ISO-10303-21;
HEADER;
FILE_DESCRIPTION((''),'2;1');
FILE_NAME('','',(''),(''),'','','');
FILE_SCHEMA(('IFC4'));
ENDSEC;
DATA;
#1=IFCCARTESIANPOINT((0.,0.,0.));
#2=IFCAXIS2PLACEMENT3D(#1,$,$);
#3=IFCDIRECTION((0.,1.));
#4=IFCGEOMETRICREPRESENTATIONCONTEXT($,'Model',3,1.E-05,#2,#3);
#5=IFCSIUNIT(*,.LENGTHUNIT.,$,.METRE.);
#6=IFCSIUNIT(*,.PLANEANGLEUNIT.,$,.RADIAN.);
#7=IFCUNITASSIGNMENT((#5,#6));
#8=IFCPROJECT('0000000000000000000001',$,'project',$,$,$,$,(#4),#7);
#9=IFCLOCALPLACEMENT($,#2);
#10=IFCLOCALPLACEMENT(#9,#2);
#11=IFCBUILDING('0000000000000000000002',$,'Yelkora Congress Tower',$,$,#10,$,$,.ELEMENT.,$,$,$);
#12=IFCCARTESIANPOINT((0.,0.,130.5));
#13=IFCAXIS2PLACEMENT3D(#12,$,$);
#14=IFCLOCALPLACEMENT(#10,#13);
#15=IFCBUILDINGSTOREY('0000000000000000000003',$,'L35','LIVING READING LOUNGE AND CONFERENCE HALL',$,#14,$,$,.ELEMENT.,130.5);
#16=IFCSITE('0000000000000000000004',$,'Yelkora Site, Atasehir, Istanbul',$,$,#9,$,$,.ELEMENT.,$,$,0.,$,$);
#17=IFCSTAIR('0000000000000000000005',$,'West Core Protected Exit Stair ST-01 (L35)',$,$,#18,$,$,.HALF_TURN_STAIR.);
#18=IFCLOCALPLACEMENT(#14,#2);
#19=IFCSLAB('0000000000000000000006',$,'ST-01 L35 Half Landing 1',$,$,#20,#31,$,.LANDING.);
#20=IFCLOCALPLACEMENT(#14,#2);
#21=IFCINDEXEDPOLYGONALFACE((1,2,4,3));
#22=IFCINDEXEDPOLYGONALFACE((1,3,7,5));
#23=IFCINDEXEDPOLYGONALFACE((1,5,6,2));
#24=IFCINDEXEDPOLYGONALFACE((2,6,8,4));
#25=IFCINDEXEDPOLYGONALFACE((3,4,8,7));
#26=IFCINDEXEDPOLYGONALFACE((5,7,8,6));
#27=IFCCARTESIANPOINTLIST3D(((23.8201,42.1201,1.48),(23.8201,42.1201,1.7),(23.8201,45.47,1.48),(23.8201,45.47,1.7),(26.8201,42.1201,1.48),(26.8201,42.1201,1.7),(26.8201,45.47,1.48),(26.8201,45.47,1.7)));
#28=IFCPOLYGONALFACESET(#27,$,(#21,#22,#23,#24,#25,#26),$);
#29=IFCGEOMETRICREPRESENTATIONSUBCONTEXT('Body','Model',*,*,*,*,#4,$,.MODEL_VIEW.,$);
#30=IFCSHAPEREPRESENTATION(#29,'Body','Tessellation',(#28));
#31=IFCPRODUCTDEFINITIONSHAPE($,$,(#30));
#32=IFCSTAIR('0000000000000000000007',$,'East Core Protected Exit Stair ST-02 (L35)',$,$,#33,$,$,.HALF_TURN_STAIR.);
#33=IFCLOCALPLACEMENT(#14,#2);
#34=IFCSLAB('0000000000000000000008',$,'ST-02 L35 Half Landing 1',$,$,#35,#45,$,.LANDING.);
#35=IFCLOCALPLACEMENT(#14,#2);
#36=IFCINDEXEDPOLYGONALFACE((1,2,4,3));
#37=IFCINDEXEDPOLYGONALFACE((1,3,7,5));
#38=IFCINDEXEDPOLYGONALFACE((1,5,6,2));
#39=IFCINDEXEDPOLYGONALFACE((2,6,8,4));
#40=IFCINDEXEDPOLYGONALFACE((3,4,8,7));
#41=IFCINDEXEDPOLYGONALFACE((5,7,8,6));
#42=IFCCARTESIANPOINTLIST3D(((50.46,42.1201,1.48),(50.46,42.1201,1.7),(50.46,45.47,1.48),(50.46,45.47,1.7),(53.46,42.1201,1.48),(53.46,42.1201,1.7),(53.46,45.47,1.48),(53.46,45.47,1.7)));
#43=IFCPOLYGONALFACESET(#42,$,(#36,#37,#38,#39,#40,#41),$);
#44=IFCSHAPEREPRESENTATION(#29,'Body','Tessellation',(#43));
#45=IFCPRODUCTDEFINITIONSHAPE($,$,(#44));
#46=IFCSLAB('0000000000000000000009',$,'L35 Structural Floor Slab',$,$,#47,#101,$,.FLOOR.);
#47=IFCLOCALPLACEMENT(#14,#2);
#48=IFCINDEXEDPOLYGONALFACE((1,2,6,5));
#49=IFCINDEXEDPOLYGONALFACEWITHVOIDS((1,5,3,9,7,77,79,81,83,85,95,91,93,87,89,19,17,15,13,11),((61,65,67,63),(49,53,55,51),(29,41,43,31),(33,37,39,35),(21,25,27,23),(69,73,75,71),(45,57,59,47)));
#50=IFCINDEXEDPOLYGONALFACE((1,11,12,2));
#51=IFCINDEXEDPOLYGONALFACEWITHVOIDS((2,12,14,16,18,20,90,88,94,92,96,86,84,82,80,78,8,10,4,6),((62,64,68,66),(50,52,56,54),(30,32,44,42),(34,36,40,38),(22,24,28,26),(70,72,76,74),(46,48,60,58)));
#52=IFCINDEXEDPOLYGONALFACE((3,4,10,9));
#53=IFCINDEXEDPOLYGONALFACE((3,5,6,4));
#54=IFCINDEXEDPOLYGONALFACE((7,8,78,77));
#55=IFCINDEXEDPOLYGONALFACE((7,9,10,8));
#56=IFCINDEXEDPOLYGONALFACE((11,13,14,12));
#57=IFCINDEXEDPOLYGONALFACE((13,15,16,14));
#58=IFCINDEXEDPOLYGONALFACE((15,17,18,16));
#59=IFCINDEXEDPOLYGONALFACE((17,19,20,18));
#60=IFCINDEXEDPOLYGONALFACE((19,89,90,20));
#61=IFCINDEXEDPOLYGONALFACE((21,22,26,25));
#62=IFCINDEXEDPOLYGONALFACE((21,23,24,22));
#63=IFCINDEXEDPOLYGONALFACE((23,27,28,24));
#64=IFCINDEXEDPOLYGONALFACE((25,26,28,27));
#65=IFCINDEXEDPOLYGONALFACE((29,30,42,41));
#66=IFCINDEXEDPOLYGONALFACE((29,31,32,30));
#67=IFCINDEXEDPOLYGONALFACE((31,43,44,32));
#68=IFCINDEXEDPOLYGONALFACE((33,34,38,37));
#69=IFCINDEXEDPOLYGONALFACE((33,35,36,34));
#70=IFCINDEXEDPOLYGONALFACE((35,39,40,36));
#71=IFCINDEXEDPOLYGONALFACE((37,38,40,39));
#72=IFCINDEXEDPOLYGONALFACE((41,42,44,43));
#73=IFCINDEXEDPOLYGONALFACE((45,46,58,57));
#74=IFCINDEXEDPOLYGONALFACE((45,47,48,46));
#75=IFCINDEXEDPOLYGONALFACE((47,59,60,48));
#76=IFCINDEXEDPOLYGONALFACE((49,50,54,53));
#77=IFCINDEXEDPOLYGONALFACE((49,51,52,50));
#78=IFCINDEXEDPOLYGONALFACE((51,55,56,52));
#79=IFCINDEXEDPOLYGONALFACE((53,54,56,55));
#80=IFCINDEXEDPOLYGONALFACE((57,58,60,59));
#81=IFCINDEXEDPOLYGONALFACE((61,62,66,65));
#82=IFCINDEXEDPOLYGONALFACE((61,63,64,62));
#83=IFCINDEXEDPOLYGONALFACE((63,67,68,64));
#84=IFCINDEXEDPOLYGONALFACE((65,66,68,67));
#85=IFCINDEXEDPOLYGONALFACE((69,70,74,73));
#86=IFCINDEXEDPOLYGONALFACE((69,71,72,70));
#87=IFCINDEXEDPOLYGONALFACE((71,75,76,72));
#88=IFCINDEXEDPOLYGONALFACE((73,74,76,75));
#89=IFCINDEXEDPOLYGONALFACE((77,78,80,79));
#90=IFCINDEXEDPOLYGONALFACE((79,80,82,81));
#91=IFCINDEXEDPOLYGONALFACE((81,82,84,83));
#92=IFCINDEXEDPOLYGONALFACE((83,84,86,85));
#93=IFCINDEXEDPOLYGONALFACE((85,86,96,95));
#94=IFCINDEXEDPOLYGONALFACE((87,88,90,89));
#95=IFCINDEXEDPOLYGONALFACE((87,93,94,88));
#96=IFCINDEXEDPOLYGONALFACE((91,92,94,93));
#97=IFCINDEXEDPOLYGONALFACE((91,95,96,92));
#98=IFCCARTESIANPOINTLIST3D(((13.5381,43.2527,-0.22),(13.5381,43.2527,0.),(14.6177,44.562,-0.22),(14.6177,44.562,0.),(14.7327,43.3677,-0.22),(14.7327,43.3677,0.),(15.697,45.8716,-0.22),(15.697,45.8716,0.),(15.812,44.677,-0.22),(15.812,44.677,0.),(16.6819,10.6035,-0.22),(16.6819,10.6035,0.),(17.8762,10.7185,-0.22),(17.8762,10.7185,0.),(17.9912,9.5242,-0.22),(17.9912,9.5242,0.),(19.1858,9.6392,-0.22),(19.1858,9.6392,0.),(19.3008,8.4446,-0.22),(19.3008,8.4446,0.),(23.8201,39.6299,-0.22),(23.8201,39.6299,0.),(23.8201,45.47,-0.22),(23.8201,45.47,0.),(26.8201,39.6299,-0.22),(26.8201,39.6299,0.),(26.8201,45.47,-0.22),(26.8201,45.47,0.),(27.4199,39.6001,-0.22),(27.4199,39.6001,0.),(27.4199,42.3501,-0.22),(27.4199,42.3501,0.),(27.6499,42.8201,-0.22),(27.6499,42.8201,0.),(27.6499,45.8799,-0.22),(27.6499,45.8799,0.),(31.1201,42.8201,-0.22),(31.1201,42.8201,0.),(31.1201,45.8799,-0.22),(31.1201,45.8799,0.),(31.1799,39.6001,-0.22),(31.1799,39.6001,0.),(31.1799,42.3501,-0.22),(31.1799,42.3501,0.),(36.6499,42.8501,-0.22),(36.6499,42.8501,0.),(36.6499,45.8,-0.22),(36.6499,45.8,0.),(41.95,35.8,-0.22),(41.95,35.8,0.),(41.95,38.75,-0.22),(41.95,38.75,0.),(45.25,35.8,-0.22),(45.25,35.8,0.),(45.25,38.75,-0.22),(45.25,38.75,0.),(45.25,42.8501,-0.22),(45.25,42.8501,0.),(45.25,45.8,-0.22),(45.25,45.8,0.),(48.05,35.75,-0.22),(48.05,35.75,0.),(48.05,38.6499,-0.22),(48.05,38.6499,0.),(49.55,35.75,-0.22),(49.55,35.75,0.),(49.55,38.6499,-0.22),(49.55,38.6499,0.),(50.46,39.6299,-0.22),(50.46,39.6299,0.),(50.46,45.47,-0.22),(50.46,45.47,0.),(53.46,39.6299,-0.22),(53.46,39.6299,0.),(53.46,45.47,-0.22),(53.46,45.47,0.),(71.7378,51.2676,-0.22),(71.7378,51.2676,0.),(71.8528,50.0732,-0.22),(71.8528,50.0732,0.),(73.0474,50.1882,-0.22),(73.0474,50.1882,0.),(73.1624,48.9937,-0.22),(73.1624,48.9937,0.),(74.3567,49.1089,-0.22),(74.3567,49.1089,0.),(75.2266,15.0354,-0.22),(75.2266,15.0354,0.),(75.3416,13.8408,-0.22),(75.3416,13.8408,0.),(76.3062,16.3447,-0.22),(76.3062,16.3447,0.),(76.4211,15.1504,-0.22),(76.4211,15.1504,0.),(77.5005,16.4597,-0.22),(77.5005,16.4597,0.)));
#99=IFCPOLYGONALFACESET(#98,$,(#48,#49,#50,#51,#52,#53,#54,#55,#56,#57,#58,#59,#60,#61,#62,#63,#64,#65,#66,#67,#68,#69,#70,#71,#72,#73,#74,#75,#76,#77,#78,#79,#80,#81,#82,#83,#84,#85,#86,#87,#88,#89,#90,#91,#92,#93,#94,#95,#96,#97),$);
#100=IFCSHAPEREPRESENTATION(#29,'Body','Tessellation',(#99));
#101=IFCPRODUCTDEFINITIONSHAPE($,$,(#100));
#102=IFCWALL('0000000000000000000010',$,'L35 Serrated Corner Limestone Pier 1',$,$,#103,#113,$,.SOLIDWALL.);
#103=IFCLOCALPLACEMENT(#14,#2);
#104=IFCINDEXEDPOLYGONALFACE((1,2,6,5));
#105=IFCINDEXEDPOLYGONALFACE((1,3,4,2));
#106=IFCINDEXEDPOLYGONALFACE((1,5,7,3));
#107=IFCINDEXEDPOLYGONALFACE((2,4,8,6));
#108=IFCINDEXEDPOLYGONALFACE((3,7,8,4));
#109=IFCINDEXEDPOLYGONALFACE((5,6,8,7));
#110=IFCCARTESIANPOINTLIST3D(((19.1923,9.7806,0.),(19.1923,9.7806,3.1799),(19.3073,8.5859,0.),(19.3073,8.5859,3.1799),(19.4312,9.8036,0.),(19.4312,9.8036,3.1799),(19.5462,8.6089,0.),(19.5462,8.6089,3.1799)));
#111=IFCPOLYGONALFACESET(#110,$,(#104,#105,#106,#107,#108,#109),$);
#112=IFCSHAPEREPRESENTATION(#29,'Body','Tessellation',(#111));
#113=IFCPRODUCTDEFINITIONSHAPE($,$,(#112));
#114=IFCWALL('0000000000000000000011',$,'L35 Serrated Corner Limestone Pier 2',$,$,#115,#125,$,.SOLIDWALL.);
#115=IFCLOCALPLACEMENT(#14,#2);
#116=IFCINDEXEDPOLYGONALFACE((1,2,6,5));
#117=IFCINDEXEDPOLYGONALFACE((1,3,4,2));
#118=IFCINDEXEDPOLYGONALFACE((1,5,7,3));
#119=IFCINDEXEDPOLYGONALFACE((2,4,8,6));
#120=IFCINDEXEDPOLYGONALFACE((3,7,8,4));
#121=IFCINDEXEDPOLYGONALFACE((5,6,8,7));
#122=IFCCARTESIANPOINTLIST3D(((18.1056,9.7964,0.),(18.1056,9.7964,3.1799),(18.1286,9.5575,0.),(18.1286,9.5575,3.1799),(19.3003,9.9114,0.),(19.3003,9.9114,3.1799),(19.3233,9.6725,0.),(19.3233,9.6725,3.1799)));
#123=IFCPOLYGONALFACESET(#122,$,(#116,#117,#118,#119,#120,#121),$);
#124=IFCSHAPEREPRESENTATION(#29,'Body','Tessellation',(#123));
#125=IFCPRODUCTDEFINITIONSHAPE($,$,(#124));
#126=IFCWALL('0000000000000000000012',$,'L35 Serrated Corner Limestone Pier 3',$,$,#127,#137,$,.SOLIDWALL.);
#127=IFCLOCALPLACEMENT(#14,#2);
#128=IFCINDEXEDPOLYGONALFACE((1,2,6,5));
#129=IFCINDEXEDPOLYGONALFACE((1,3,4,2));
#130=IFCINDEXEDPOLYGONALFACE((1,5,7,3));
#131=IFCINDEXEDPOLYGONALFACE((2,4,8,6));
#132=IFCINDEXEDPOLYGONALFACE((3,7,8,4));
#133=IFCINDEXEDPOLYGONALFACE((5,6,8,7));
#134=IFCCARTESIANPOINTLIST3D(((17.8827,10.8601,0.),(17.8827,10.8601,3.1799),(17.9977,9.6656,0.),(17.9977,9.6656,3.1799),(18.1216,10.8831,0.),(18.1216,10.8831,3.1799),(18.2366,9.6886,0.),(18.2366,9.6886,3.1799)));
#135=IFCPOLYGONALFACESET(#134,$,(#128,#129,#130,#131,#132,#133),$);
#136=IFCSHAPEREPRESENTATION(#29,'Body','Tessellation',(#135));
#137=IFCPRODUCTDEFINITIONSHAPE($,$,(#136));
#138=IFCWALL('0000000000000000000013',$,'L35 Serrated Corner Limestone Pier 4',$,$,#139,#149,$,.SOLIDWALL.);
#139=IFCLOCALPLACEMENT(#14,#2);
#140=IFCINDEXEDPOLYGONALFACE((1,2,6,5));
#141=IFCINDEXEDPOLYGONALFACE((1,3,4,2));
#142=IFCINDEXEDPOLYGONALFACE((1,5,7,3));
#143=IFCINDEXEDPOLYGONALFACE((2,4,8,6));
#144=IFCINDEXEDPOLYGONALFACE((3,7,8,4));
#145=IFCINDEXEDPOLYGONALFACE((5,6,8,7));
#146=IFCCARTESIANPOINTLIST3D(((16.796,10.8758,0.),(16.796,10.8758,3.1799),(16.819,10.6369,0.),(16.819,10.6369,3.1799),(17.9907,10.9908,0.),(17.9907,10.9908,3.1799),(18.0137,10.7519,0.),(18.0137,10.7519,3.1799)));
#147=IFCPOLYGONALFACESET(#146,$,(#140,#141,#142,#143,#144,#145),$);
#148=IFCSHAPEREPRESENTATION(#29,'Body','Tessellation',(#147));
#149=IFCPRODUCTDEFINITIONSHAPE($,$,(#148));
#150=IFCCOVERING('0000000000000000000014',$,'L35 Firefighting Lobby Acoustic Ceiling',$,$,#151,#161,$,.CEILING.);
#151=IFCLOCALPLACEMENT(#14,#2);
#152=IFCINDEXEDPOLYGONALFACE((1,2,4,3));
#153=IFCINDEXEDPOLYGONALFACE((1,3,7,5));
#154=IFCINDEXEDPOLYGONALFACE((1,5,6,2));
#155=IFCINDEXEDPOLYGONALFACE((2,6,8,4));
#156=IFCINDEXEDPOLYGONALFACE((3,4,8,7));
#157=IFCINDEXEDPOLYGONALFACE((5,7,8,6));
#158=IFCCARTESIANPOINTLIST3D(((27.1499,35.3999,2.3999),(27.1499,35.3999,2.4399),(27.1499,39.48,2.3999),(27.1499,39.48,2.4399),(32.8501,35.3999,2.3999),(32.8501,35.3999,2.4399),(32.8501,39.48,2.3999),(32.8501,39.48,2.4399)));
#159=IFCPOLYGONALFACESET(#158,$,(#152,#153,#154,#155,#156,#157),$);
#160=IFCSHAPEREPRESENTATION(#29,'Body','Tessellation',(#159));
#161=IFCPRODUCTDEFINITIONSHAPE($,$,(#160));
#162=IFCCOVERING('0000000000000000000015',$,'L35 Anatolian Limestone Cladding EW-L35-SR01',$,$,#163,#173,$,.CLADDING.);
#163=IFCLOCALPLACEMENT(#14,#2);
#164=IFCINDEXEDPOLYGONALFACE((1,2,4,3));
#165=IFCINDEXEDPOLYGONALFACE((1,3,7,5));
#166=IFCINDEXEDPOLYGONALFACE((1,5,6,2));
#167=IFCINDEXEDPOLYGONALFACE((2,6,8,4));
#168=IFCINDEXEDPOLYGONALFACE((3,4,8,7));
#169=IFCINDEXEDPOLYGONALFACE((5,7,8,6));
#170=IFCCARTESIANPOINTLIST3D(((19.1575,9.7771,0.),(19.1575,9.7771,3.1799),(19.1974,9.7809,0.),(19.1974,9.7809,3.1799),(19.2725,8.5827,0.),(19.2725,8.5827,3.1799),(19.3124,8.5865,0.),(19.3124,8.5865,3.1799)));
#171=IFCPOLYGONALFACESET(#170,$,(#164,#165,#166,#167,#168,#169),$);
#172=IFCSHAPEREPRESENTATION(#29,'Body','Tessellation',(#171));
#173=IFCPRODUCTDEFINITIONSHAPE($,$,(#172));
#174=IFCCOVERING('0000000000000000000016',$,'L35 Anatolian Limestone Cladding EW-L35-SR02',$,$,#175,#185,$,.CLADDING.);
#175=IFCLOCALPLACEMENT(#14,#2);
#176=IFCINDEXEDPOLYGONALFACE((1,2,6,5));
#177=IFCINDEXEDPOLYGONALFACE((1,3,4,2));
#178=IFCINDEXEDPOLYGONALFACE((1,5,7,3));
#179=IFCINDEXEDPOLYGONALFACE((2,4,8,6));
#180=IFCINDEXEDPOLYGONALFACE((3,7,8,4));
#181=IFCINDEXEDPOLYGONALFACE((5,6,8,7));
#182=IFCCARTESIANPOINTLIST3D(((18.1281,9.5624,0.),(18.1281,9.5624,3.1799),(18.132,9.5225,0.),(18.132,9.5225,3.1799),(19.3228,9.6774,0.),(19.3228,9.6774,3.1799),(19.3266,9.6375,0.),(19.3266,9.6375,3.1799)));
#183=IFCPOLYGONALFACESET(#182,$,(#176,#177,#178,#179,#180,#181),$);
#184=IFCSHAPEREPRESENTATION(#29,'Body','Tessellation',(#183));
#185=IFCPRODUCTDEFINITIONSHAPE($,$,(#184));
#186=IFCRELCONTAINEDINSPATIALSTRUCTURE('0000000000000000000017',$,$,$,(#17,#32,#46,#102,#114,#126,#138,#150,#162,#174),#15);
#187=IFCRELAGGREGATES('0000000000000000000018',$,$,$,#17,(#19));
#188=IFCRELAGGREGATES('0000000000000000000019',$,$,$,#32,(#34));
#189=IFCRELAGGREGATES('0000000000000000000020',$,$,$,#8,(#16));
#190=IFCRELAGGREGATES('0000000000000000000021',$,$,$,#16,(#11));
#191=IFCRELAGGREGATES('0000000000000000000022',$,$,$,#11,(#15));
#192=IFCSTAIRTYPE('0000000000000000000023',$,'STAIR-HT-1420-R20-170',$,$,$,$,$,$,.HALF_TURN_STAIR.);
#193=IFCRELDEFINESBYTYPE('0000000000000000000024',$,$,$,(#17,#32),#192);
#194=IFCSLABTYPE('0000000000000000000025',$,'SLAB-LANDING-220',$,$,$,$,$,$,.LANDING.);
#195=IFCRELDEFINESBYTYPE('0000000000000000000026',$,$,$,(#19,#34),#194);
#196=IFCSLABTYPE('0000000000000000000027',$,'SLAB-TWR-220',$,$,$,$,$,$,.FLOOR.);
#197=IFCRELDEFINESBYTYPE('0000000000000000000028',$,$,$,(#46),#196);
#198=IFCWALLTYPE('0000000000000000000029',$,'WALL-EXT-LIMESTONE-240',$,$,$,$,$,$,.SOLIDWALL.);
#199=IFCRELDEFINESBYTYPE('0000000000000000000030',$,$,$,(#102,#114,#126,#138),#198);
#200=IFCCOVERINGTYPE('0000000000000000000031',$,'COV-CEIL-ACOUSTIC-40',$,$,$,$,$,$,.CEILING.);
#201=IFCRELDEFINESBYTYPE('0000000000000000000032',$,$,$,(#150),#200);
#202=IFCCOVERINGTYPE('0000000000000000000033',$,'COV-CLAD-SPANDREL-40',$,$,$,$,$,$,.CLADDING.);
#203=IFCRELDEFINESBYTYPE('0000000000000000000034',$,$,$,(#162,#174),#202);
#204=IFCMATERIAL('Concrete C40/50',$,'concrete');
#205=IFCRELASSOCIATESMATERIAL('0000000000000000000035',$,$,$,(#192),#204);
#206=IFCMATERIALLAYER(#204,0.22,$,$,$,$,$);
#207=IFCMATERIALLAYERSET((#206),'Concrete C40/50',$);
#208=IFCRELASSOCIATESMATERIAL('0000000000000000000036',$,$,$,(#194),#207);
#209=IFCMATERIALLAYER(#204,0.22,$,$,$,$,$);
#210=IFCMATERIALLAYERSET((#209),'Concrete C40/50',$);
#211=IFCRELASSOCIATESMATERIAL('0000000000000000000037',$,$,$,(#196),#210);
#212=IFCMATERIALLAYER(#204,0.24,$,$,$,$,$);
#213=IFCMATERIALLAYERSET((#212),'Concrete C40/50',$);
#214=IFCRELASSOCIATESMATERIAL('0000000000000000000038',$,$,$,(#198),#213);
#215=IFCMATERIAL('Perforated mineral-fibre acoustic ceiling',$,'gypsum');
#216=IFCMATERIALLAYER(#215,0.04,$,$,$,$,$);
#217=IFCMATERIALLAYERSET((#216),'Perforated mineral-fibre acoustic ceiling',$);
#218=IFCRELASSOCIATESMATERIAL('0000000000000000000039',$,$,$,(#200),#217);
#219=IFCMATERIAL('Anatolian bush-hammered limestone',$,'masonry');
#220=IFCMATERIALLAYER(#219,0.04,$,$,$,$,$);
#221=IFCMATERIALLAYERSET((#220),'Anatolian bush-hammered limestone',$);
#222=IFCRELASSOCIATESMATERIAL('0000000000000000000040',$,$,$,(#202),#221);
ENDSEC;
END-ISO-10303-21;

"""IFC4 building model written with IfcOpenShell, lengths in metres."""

from ifc_helpers import new_model, si_unit, direction, frame, frame_2d, origin, place, context, subcontext, project, spatial, polyline, rectangle, outline, extrude, material, layer, layer_set, type_object, element, aggregate, save


model = new_model("IFC4")

# Units and contexts
model_context = context("Model", 3, precision=1e-05, world=origin(), true_north=direction((0.0, 1.0)))
body_context = subcontext(model_context, "Body", "Model", "MODEL_VIEW")
ifc_project = project(units=[si_unit("LENGTHUNIT", "METRE"), si_unit("PLANEANGLEUNIT", "RADIAN")], contexts=[model_context])

# Site, building, storey
site_placement = place(None, origin())
site = spatial("IfcSite", under=ifc_project, at=site_placement, Name="Yelkora Site, Atasehir, Istanbul", CompositionType="ELEMENT", RefElevation=0.0)
building_placement = place(site_placement, origin())
building = spatial("IfcBuilding", under=site, at=building_placement, Name="Yelkora Congress Tower", CompositionType="ELEMENT")
storey_placement = place(building_placement, frame((0.0, 0.0, 130.5)))
storey = spatial("IfcBuildingStorey", under=building, at=storey_placement, Name="L35", Description="LIVING READING LOUNGE AND CONFERENCE HALL", CompositionType="ELEMENT", Elevation=130.5)

# Stairs, slabs
ifc_material_1 = material(Name="Concrete C40/50", Category="concrete")
stair_type = type_object("IfcStairType", Name="STAIR-HT-1420-R20-170", PredefinedType="HALF_TURN_STAIR", material=ifc_material_1)
stair_1_placement = place(storey_placement, origin())
stair_1 = element("IfcStair", 1, at=stair_1_placement, inside=storey, type_object=stair_type, Name="West Core Protected Exit Stair ST-01 (L35)", PredefinedType="HALF_TURN_STAIR")
ifc_layer_1 = layer(ifc_material_1, 0.22)
ifc_layer_set_1 = layer_set([ifc_layer_1], Name="Concrete C40/50")
slab_type_1 = type_object("IfcSlabType", Name="SLAB-LANDING-220", PredefinedType="LANDING", material=ifc_layer_set_1)
slab_1_placement = place(storey_placement, frame((0.0, 0.0, 1.48)))
slab_1 = element("IfcSlab", 2, at=slab_1_placement, type_object=slab_type_1, Name="ST-01 L35 Half Landing 1", PredefinedType="LANDING", context=body_context, shape_type="SweptSolid", body=[
    extrude(outline(polyline([(26.8201, 42.1201), (26.8201, 45.47), (23.8201, 45.47), (23.8201, 42.1201), (26.8201, 42.1201)])), origin(), (0.0, 0.0, 1.0), 0.22),
])
aggregate(stair_1, [slab_1])
stair_2_placement = place(storey_placement, origin())
stair_2 = element("IfcStair", 3, at=stair_2_placement, inside=storey, type_object=stair_type, Name="East Core Protected Exit Stair ST-02 (L35)", PredefinedType="HALF_TURN_STAIR")
slab_2_placement = place(storey_placement, frame((0.0, 0.0, 1.48)))
slab_2 = element("IfcSlab", 4, at=slab_2_placement, type_object=slab_type_1, Name="ST-02 L35 Half Landing 1", PredefinedType="LANDING", context=body_context, shape_type="SweptSolid", body=[
    extrude(outline(polyline([(53.46, 42.1201), (53.46, 45.47), (50.46, 45.47), (50.46, 42.1201), (53.46, 42.1201)])), origin(), (0.0, 0.0, 1.0), 0.22),
])
aggregate(stair_2, [slab_2])

# Slab
ifc_layer_2 = layer(ifc_material_1, 0.22)
ifc_layer_set_2 = layer_set([ifc_layer_2], Name="Concrete C40/50")
slab_type_2 = type_object("IfcSlabType", Name="SLAB-TWR-220", PredefinedType="FLOOR", material=ifc_layer_set_2)
slab_3_placement = place(storey_placement, frame((0.0, 0.0, -0.22)))
element("IfcSlab", 5, at=slab_3_placement, inside=storey, type_object=slab_type_2, Name="L35 Structural Floor Slab", PredefinedType="FLOOR", context=body_context, shape_type="SweptSolid", body=[
    extrude(outline(polyline([(19.3008, 8.4446), (75.3416, 13.8408), (75.2266, 15.0354), (76.4211, 15.1504), (76.3062, 16.3447), (77.5005, 16.4597), (74.3567, 49.1089), (73.1624, 48.9937), (73.0474, 50.1882), (71.8528, 50.0732), (71.7378, 51.2676), (15.697, 45.8716), (15.812, 44.677), (14.6177, 44.562), (14.7327, 43.3677), (13.5381, 43.2527), (16.6819, 10.6035), (17.8762, 10.7185), (17.9912, 9.5242), (19.1858, 9.6392), (19.3008, 8.4446)]), holes=[polyline([(23.8201, 39.6299), (26.8201, 39.6299), (26.8201, 45.47), (23.8201, 45.47), (23.8201, 39.6299)]), polyline([(50.46, 39.6299), (53.46, 39.6299), (53.46, 45.47), (50.46, 45.47), (50.46, 39.6299)]), polyline([(48.05, 35.75), (49.55, 35.75), (49.55, 38.6499), (48.05, 38.6499), (48.05, 35.75)]), polyline([(36.6499, 42.8501), (45.25, 42.8501), (45.25, 45.8), (36.6499, 45.8), (36.6499, 42.8501)]), polyline([(41.95, 35.8), (45.25, 35.8), (45.25, 38.75), (41.95, 38.75), (41.95, 35.8)]), polyline([(27.4199, 39.6001), (31.1799, 39.6001), (31.1799, 42.3501), (27.4199, 42.3501), (27.4199, 39.6001)]), polyline([(27.6499, 42.8201), (31.1201, 42.8201), (31.1201, 45.8799), (27.6499, 45.8799), (27.6499, 42.8201)])]), origin(), (0.0, 0.0, 1.0), 0.22),
])

# Walls
ifc_layer_3 = layer(ifc_material_1, 0.24)
ifc_layer_set_3 = layer_set([ifc_layer_3], Name="Concrete C40/50")
wall_type = type_object("IfcWallType", Name="WALL-EXT-LIMESTONE-240", PredefinedType="SOLIDWALL", material=ifc_layer_set_3)
for number, where, z_axis, x_axis, name in (
    (6, (19.4268, 8.5974, 0.0), (0.0, 0.0, 1.0), (-0.095817, 0.995399, 0.0), "L35 Serrated Corner Limestone Pier 1"),
    (7, (19.3118, 9.792, 0.0), (0.0, 0.0, 1.0), (-0.995399, -0.095817, 0.0), "L35 Serrated Corner Limestone Pier 2"),
):
    element("IfcWall", number, at=place(storey_placement, frame(where, z_axis=z_axis, x_axis=x_axis)), inside=storey, type_object=wall_type, Name=name, PredefinedType="SOLIDWALL", context=body_context, shape_type="SweptSolid", body=[
        extrude(rectangle(XDim=1.2002, YDim=0.24, at=frame_2d((0.6001, 0.0))), origin(), (0.0, 0.0, 1.0), 3.1799),
    ])
wall_1_placement = place(storey_placement, frame((18.1172, 9.677, 0.0), z_axis=(0.0, 0.0, 1.0), x_axis=(-0.095836, 0.995397, 0.0)))
element("IfcWall", 8, at=wall_1_placement, inside=storey, type_object=wall_type, Name="L35 Serrated Corner Limestone Pier 3", PredefinedType="SOLIDWALL", context=body_context, shape_type="SweptSolid", body=[
    extrude(rectangle(XDim=1.2, YDim=0.24, at=frame_2d((0.6001, 0.0))), origin(), (0.0, 0.0, 1.0), 3.1799),
])
wall_2_placement = place(storey_placement, frame((18.0022, 10.8713, 0.0), z_axis=(0.0, 0.0, 1.0), x_axis=(-0.995399, -0.095817, 0.0)))
element("IfcWall", 9, at=wall_2_placement, inside=storey, type_object=wall_type, Name="L35 Serrated Corner Limestone Pier 4", PredefinedType="SOLIDWALL", context=body_context, shape_type="SweptSolid", body=[
    extrude(rectangle(XDim=1.2002, YDim=0.24, at=frame_2d((0.6001, 0.0))), origin(), (0.0, 0.0, 1.0), 3.1799),
])

# Coverings
ifc_material_2 = material(Name="Perforated mineral-fibre acoustic ceiling", Category="gypsum")
ifc_layer_4 = layer(ifc_material_2, 0.04)
ifc_layer_set_4 = layer_set([ifc_layer_4], Name="Perforated mineral-fibre acoustic ceiling")
covering_type_1 = type_object("IfcCoveringType", Name="COV-CEIL-ACOUSTIC-40", PredefinedType="CEILING", material=ifc_layer_set_4)
covering_1_placement = place(storey_placement, frame((0.0, 0.0, 2.3999)))
element("IfcCovering", 10, at=covering_1_placement, inside=storey, type_object=covering_type_1, Name="L35 Firefighting Lobby Acoustic Ceiling", PredefinedType="CEILING", context=body_context, shape_type="SweptSolid", body=[
    extrude(outline(polyline([(27.1499, 35.3999), (32.8501, 35.3999), (32.8501, 39.48), (27.1499, 39.48), (27.1499, 35.3999)])), origin(), (0.0, 0.0, 1.0), 0.04),
])
ifc_material_3 = material(Name="Anatolian bush-hammered limestone", Category="masonry")
ifc_layer_5 = layer(ifc_material_3, 0.04)
ifc_layer_set_5 = layer_set([ifc_layer_5], Name="Anatolian bush-hammered limestone")
covering_type_2 = type_object("IfcCoveringType", Name="COV-CLAD-SPANDREL-40", PredefinedType="CLADDING", material=ifc_layer_set_5)
covering_2_placement = place(storey_placement, frame((19.2925, 8.5845, 0.0), z_axis=(0.0, 0.0, 1.0), x_axis=(-0.095836, 0.995397, 0.0)))
element("IfcCovering", 11, at=covering_2_placement, inside=storey, type_object=covering_type_2, Name="L35 Anatolian Limestone Cladding EW-L35-SR01", PredefinedType="CLADDING", context=body_context, shape_type="SweptSolid", body=[
    extrude(rectangle(XDim=1.2, YDim=0.04, at=frame_2d((0.6001, 0.0))), origin(), (0.0, 0.0, 1.0), 3.1799),
])
for number, where, z_axis, x_axis, name in (
    (12, (19.3247, 9.6575, 0.0), (0.0, 0.0, 1.0), (-0.995399, -0.095817, 0.0), "L35 Anatolian Limestone Cladding EW-L35-SR02"),
):
    element("IfcCovering", number, at=place(storey_placement, frame(where, z_axis=z_axis, x_axis=x_axis)), inside=storey, type_object=covering_type_2, Name=name, PredefinedType="CLADDING", context=body_context, shape_type="SweptSolid", body=[
        extrude(rectangle(XDim=1.2002, YDim=0.04, at=frame_2d((0.6001, 0.0))), origin(), (0.0, 0.0, 1.0), 3.1799),
    ])

save(model, "model.ifc")
